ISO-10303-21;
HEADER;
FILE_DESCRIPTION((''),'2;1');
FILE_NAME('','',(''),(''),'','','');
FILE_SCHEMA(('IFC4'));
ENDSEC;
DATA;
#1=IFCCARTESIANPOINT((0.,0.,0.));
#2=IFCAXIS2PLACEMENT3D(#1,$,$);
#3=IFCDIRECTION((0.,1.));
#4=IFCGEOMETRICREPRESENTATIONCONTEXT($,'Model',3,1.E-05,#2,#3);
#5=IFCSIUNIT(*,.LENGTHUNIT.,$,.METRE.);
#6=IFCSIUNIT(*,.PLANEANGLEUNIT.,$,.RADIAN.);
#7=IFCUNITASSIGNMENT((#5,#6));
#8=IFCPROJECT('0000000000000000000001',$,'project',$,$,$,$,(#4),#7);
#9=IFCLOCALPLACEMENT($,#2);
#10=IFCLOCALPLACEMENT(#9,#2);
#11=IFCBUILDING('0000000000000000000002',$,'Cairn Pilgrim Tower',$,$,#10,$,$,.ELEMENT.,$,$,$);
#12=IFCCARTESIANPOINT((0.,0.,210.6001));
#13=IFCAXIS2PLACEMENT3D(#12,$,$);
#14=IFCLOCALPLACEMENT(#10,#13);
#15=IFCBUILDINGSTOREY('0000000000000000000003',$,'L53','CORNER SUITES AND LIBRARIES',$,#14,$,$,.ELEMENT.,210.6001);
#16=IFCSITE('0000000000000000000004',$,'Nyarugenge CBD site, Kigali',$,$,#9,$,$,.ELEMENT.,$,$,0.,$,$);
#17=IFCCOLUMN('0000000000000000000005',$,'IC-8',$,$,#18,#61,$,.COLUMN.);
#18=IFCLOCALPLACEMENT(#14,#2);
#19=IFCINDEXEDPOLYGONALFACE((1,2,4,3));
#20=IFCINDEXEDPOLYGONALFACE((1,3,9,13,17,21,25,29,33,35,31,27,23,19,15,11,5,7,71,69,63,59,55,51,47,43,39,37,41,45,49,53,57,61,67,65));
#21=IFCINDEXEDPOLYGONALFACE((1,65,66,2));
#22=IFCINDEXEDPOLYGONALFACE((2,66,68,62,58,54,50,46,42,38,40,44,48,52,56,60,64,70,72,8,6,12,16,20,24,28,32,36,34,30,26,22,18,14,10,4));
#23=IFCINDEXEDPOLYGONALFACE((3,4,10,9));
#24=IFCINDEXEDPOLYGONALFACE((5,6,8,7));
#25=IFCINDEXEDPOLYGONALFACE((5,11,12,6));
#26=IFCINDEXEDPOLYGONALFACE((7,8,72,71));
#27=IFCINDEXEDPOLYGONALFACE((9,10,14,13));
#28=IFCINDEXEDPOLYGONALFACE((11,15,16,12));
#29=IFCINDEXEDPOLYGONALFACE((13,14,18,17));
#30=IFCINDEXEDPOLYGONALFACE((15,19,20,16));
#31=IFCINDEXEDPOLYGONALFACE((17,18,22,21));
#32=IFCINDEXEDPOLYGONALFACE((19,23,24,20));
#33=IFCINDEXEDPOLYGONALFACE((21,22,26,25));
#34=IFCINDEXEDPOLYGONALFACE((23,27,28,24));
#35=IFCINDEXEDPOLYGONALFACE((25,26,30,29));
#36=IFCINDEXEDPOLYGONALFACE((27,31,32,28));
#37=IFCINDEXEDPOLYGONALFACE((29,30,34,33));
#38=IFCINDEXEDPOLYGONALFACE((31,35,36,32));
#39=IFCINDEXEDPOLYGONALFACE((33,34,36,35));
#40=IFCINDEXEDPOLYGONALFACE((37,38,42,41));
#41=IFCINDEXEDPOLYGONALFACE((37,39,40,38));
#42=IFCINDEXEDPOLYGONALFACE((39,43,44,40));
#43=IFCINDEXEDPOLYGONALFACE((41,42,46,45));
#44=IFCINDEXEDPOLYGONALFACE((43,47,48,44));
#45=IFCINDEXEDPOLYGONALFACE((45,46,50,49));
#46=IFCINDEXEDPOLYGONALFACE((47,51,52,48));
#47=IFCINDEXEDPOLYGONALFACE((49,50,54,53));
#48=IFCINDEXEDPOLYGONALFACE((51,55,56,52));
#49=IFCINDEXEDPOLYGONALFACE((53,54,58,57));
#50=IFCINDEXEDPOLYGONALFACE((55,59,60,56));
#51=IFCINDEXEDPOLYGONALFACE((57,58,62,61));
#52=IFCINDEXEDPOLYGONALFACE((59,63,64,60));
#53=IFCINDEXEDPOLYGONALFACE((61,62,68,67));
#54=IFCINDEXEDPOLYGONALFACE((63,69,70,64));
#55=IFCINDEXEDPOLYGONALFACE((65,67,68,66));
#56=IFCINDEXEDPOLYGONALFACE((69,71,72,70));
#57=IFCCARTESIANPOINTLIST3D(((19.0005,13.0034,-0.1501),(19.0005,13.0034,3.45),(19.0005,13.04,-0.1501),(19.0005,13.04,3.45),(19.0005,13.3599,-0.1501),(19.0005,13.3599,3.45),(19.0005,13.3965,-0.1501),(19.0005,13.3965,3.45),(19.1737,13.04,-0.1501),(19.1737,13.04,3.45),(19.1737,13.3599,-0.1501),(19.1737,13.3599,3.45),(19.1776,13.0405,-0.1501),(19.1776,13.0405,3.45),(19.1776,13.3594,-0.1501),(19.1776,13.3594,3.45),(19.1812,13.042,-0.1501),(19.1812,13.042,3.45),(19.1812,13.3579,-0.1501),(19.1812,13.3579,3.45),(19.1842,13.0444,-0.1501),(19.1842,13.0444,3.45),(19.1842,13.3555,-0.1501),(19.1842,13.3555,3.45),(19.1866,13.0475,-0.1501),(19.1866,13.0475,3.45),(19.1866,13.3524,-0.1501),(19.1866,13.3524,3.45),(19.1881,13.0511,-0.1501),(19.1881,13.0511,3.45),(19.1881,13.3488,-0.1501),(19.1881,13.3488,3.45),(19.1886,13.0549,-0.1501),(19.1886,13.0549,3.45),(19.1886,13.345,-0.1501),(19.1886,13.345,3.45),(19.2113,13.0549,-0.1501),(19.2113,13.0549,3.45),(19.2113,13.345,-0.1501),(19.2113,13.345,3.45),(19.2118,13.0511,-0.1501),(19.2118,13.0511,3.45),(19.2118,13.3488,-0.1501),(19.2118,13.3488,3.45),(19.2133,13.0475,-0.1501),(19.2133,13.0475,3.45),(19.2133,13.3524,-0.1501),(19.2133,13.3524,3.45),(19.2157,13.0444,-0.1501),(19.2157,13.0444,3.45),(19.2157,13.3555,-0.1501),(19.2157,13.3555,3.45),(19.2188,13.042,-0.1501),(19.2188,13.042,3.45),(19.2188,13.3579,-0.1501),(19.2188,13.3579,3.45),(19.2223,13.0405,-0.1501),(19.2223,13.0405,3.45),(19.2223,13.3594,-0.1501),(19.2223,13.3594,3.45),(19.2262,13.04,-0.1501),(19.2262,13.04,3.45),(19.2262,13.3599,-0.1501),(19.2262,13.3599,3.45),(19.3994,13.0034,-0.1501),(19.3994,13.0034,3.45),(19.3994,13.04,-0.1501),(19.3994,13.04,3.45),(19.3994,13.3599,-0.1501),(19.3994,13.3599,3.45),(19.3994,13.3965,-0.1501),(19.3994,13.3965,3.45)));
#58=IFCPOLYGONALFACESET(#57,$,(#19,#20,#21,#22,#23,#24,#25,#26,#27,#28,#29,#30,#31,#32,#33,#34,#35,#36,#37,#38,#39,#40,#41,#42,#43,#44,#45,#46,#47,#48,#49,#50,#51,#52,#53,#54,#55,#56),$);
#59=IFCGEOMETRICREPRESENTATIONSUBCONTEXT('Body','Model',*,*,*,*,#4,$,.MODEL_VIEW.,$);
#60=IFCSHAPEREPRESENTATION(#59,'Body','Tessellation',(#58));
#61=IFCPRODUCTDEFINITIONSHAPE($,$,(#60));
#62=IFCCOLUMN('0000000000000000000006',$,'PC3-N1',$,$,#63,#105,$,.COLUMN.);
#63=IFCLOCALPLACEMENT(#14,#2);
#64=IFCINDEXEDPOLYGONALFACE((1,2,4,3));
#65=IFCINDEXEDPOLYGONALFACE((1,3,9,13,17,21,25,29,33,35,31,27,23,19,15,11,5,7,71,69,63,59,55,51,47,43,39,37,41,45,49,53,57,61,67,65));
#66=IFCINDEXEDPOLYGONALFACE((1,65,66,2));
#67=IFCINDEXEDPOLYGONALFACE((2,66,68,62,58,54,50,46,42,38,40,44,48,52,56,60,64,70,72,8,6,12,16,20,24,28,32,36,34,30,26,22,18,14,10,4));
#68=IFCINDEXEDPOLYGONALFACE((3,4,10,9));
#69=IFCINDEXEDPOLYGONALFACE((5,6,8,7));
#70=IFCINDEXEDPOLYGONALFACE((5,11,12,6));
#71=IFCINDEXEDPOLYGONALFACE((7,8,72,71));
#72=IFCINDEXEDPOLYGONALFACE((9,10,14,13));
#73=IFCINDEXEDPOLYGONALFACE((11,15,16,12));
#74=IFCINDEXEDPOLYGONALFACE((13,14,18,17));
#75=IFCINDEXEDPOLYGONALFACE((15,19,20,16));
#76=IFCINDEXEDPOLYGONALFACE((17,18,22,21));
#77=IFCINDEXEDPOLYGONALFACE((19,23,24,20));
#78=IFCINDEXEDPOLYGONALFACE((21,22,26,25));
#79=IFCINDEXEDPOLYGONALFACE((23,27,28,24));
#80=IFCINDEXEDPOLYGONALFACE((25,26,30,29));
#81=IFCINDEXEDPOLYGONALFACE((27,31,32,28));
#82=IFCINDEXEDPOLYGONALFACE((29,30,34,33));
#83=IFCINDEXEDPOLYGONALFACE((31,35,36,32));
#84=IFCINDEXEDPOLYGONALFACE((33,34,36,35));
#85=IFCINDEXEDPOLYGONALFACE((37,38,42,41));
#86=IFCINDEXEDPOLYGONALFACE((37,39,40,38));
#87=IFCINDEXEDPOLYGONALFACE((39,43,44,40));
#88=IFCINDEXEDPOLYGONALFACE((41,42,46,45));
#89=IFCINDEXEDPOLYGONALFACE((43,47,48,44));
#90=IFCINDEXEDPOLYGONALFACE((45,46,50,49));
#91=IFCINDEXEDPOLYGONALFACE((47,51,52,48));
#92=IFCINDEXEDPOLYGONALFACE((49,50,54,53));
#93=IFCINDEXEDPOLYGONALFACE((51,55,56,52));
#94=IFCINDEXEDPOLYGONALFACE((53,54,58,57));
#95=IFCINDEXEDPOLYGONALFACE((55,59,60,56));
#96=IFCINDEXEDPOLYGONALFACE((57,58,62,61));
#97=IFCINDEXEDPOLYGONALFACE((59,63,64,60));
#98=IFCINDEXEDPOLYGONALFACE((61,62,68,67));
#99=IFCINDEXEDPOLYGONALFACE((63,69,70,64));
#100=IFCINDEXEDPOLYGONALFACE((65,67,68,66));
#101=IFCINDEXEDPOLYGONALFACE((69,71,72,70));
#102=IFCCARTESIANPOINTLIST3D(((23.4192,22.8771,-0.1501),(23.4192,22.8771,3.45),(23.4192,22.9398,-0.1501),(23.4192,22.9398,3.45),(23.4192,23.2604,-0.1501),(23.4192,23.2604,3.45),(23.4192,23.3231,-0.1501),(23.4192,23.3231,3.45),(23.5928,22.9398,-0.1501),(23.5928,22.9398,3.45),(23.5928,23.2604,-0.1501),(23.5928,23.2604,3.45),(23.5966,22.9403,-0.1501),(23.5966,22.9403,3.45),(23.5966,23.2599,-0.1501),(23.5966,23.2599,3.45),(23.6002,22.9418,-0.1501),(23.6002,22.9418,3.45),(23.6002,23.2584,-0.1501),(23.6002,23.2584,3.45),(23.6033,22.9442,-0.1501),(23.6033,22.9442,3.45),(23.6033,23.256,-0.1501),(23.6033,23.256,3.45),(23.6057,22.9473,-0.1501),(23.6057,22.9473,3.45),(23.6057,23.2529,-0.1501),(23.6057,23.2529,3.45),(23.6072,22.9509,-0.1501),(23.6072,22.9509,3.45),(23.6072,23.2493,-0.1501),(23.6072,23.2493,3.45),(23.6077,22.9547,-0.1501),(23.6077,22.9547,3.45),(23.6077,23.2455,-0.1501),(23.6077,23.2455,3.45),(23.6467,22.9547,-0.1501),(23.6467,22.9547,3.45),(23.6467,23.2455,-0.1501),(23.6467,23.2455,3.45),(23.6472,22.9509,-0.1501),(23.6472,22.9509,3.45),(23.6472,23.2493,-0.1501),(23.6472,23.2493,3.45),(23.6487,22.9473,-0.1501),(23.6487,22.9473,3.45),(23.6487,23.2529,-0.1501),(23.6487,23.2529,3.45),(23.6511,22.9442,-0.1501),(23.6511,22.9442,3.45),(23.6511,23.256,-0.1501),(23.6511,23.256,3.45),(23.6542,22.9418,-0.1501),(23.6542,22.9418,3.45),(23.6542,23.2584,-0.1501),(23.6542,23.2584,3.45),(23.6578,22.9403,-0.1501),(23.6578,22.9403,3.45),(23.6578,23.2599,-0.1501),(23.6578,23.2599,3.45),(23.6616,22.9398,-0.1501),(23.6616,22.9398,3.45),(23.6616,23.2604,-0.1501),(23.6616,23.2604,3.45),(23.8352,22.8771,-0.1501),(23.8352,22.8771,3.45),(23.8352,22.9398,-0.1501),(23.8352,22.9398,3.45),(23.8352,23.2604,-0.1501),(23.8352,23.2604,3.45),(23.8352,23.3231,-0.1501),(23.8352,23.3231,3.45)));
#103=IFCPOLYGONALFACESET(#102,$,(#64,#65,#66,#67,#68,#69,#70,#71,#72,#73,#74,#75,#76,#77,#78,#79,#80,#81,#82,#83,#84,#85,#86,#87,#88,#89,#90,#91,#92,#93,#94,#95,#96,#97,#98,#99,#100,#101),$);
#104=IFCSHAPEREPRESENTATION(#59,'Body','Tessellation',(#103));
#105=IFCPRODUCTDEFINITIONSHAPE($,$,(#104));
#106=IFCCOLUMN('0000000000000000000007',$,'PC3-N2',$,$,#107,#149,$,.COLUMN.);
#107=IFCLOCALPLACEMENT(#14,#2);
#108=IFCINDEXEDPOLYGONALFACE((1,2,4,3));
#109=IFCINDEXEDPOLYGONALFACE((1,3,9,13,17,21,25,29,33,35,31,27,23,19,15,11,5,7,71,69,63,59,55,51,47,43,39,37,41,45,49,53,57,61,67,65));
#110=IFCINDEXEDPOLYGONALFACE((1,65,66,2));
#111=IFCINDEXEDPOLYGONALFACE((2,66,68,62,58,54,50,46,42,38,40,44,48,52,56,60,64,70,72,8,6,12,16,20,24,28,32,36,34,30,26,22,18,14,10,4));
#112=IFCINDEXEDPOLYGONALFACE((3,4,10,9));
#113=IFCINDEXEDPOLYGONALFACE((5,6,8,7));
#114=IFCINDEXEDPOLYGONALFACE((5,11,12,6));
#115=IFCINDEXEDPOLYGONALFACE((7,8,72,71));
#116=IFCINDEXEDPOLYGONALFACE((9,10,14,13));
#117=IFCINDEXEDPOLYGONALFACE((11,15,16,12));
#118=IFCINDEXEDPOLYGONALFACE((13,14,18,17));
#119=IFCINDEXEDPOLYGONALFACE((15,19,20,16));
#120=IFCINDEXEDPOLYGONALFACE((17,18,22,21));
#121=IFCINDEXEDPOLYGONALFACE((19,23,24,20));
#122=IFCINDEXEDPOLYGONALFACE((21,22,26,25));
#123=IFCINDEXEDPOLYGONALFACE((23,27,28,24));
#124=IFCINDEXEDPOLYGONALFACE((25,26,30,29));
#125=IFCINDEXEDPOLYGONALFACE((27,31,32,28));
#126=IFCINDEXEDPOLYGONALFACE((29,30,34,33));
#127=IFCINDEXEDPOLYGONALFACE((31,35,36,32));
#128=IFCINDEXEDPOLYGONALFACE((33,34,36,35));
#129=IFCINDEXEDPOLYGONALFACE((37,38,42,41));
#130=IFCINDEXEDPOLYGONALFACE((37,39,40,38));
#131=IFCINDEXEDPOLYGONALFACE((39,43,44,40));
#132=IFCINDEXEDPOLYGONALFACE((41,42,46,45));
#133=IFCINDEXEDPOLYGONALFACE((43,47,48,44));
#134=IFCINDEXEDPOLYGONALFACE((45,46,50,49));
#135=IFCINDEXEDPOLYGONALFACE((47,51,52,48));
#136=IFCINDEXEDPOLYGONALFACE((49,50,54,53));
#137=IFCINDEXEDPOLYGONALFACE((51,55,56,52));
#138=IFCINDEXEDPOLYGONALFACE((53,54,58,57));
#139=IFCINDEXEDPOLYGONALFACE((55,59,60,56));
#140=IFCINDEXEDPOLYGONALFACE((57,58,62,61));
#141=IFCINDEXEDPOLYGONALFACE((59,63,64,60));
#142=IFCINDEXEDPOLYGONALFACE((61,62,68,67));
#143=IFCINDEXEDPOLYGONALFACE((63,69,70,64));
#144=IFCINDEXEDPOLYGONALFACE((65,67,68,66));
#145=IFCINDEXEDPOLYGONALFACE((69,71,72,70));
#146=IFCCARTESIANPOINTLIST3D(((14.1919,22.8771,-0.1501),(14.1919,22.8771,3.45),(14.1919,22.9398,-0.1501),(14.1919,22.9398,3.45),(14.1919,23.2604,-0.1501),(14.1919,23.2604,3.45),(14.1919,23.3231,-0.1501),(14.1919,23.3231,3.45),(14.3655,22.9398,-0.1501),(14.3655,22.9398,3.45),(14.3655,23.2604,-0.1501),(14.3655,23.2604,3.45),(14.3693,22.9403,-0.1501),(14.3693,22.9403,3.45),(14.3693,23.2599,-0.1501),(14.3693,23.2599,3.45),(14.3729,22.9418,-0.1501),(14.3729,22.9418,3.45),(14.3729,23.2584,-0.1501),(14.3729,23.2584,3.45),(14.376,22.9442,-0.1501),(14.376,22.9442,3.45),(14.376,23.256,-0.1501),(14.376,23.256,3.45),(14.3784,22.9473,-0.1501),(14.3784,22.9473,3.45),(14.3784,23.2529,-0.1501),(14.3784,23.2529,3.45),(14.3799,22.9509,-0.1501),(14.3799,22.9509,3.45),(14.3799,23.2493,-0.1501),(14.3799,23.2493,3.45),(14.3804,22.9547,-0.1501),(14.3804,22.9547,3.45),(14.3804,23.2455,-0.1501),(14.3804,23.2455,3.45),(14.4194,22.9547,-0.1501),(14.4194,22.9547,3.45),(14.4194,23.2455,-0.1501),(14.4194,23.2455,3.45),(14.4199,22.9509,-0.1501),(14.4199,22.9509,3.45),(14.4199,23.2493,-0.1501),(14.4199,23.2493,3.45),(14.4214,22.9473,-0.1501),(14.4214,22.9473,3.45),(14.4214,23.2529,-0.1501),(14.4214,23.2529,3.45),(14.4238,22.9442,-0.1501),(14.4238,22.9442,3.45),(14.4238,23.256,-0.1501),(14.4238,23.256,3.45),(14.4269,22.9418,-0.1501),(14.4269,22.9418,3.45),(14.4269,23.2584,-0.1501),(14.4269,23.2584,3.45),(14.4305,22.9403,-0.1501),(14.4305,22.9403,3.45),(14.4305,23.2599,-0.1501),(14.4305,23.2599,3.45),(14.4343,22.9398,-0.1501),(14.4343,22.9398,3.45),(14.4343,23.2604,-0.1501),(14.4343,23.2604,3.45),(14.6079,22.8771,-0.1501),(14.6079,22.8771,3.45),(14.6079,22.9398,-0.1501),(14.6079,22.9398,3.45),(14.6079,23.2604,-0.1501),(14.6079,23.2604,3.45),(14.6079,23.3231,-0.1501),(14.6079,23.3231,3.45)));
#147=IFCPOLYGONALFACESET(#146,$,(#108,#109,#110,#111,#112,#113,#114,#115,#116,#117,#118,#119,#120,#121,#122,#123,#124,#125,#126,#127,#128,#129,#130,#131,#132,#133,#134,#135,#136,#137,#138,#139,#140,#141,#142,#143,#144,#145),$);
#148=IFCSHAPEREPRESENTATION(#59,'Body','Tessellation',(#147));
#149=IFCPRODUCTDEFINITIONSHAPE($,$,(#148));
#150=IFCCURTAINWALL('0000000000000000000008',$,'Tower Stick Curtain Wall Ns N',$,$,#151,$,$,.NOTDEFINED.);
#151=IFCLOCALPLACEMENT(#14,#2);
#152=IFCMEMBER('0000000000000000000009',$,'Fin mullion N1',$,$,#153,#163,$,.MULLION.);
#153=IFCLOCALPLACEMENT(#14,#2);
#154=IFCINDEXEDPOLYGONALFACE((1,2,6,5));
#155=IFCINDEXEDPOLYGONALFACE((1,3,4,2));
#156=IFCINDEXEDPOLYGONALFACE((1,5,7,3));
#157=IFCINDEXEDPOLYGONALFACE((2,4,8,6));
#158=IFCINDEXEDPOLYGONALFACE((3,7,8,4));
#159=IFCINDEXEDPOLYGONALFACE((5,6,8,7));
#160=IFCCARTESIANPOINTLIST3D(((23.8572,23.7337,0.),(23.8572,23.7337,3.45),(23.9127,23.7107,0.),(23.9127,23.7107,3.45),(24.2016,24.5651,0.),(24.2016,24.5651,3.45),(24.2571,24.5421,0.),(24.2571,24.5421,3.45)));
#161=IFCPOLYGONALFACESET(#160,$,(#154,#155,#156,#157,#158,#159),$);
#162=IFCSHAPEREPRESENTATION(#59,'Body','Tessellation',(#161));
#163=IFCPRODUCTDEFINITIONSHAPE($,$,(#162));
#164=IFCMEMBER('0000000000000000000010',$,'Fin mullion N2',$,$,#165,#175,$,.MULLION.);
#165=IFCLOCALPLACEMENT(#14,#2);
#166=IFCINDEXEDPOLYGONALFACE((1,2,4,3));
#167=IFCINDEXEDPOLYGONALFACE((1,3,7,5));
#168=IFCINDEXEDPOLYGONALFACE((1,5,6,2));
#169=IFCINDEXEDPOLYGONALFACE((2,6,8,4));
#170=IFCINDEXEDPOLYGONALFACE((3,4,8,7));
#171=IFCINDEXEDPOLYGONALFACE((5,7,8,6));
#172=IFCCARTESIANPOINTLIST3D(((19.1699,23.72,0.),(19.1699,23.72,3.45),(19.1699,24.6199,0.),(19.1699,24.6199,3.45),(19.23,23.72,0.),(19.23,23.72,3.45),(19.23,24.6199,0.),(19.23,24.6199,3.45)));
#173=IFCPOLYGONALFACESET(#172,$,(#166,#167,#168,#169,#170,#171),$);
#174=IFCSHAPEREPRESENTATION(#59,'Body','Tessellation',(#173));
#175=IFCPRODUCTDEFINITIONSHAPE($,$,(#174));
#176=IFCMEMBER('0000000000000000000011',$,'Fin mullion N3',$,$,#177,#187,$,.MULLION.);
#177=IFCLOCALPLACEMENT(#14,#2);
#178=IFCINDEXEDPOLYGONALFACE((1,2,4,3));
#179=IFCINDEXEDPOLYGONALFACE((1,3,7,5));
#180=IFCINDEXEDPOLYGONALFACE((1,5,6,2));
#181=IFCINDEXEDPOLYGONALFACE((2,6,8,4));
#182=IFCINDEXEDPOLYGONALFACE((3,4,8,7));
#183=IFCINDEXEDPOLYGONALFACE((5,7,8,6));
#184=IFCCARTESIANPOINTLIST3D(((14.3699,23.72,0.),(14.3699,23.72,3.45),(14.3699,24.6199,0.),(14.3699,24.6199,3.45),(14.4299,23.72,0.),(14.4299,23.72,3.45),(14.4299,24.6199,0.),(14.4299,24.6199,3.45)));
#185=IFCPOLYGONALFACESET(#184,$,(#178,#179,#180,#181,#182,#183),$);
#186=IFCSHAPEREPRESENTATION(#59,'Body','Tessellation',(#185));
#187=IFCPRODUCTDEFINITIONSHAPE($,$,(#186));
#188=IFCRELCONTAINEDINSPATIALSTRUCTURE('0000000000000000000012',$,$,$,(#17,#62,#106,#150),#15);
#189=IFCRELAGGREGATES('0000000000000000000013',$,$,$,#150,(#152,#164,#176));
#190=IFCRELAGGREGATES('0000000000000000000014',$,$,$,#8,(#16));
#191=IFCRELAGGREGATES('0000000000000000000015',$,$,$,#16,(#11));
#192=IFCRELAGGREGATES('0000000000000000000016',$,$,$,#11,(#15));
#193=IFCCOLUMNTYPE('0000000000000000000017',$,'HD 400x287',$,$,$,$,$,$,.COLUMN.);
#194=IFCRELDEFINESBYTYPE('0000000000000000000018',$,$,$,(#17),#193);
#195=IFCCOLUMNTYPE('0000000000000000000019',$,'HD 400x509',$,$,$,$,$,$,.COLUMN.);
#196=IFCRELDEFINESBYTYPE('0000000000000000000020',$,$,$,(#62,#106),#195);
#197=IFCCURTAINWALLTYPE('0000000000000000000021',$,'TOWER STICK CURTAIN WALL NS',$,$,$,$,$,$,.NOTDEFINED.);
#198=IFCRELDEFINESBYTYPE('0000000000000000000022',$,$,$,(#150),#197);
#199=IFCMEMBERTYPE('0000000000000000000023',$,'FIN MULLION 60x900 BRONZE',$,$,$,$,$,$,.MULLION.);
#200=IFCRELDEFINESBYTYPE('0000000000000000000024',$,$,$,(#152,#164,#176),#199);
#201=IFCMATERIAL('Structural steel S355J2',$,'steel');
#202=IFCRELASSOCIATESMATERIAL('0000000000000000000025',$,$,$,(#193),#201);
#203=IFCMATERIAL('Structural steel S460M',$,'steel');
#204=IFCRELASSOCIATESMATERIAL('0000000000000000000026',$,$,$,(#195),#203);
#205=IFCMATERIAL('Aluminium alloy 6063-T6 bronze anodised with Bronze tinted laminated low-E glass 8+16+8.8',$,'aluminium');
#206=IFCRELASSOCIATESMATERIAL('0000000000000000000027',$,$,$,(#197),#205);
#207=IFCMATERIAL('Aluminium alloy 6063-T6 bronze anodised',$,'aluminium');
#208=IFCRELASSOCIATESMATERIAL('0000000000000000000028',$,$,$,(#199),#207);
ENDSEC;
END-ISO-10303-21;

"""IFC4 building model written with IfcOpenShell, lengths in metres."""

from ifc_helpers import new_model, si_unit, direction, frame, origin, origin_2d, place, context, subcontext, project, spatial, rectangle, i_section, extrude, material, material_profile, profile_set, type_object, element, aggregate, save


model = new_model("IFC4")

# Units and contexts
model_context = context("Model", 3, precision=1e-05, world=origin(), true_north=direction((0.0, 1.0)))
body_context = subcontext(model_context, "Body", "Model", "MODEL_VIEW")
ifc_project = project(units=[si_unit("LENGTHUNIT", "METRE"), si_unit("PLANEANGLEUNIT", "RADIAN")], contexts=[model_context])

# Site, building, storey
site_placement = place(None, origin())
site = spatial("IfcSite", under=ifc_project, at=site_placement, Name="Nyarugenge CBD site, Kigali", CompositionType="ELEMENT", RefElevation=0.0)
building_placement = place(site_placement, origin())
building = spatial("IfcBuilding", under=site, at=building_placement, Name="Cairn Pilgrim Tower", CompositionType="ELEMENT")
storey_placement = place(building_placement, frame((0.0, 0.0, 210.6001)))
storey = spatial("IfcBuildingStorey", under=building, at=storey_placement, Name="L53", Description="CORNER SUITES AND LIBRARIES", CompositionType="ELEMENT", Elevation=210.6001)

# Columns
ifc_material_1 = material(Name="Structural steel S355J2", Category="steel")
ifc_material_profile_1 = material_profile(ifc_material_1, i_section(OverallWidth=0.3989, OverallDepth=0.3931, WebThickness=0.0227, FlangeThickness=0.0366, FilletRadius=0.0149, at=origin_2d()), Name="HD 400x287")
ifc_profile_set_1 = profile_set([ifc_material_profile_1], Name="Structural steel S355J2")
column_type_1 = type_object("IfcColumnType", Name="HD 400x287", PredefinedType="COLUMN", material=ifc_profile_set_1)
column_placement = place(storey_placement, frame((19.2, 13.2, -0.1501), z_axis=(0.0, 0.0, 1.0), x_axis=(1.0, 0.0, 0.0)))
element("IfcColumn", 1, at=column_placement, inside=storey, type_object=column_type_1, Name="IC-8", PredefinedType="COLUMN", context=body_context, shape_type="SweptSolid", body=[
    extrude(i_section(OverallWidth=0.3989, OverallDepth=0.3931, WebThickness=0.0227, FlangeThickness=0.0366, FilletRadius=0.0149, at=origin_2d()), origin(), (0.0, 0.0, 1.0), 3.6001),
])
ifc_material_2 = material(Name="Structural steel S460M", Category="steel")
ifc_material_profile_2 = material_profile(ifc_material_2, i_section(OverallWidth=0.416, OverallDepth=0.446, WebThickness=0.0391, FlangeThickness=0.0627, FilletRadius=0.0149, at=origin_2d()), Name="HD 400x509")
ifc_profile_set_2 = profile_set([ifc_material_profile_2], Name="Structural steel S460M")
column_type_2 = type_object("IfcColumnType", Name="HD 400x509", PredefinedType="COLUMN", material=ifc_profile_set_2)
for number, where, z_axis, x_axis, name in (
    (2, (23.6272, 23.1001, -0.1501), (0.0, 0.0, 1.0), (1.0, 0.0, 0.0), "PC3-N1"),
    (3, (14.3999, 23.1001, -0.1501), (0.0, 0.0, 1.0), (1.0, 0.0, 0.0), "PC3-N2"),
):
    element("IfcColumn", number, at=place(storey_placement, frame(where, z_axis=z_axis, x_axis=x_axis)), inside=storey, type_object=column_type_2, Name=name, PredefinedType="COLUMN", context=body_context, shape_type="SweptSolid", body=[
        extrude(i_section(OverallWidth=0.416, OverallDepth=0.446, WebThickness=0.0391, FlangeThickness=0.0627, FilletRadius=0.0149, at=origin_2d()), origin(), (0.0, 0.0, 1.0), 3.6001),
    ])

# Curtain wall, members
ifc_material_3 = material(Name="Aluminium alloy 6063-T6 bronze anodised with Bronze tinted laminated low-E glass 8+16+8.8", Category="aluminium")
curtain_wall_type = type_object("IfcCurtainWallType", Name="TOWER STICK CURTAIN WALL NS", PredefinedType="NOTDEFINED", material=ifc_material_3)
curtain_wall_placement = place(storey_placement, origin())
curtain_wall = element("IfcCurtainWall", 4, at=curtain_wall_placement, inside=storey, type_object=curtain_wall_type, Name="Tower Stick Curtain Wall Ns N", PredefinedType="NOTDEFINED")
ifc_material_4 = material(Name="Aluminium alloy 6063-T6 bronze anodised", Category="aluminium")
ifc_material_profile_3 = material_profile(ifc_material_4, rectangle(XDim=0.8999, YDim=0.0601, at=origin_2d()), Name="FIN MULLION 60x900 BRONZE")
ifc_profile_set_3 = profile_set([ifc_material_profile_3], Name="Aluminium alloy 6063-T6 bronze anodised")
member_type_1 = type_object("IfcMemberType", Name="FIN MULLION 60x900 BRONZE", PredefinedType="MULLION", material=ifc_profile_set_3)
member_1_placement = place(storey_placement, frame((24.0571, 24.1379, 0.0), z_axis=(0.0, 0.0, 1.0), x_axis=(0.382683, 0.92388, 0.0)))
member_1 = element("IfcMember", 5, at=member_1_placement, type_object=member_type_1, Name="Fin mullion N1", PredefinedType="MULLION", context=body_context, shape_type="SweptSolid", body=[
    extrude(rectangle(XDim=0.8999, YDim=0.0601, at=origin_2d()), origin(), (0.0, 0.0, 1.0), 3.45),
])
member_2_placement = place(storey_placement, frame((19.2, 24.1699, 0.0), z_axis=(0.0, 0.0, 1.0), x_axis=(0.0, 1.0, 0.0)))
member_2 = element("IfcMember", 6, at=member_2_placement, type_object=member_type_1, Name="Fin mullion N2", PredefinedType="MULLION", context=body_context, shape_type="SweptSolid", body=[
    extrude(rectangle(XDim=0.8999, YDim=0.0601, at=origin_2d()), origin(), (0.0, 0.0, 1.0), 3.45),
])
member_3_placement = place(storey_placement, frame((14.3999, 24.1699, 0.0), z_axis=(0.0, 0.0, 1.0), x_axis=(0.0, 1.0, 0.0)))
member_3 = element("IfcMember", 7, at=member_3_placement, type_object=member_type_1, Name="Fin mullion N3", PredefinedType="MULLION", context=body_context, shape_type="SweptSolid", body=[
    extrude(rectangle(XDim=0.8999, YDim=0.0601, at=origin_2d()), origin(), (0.0, 0.0, 1.0), 3.45),
])

aggregate(curtain_wall, [member_1, member_2, member_3])

save(model, "model.ifc")
